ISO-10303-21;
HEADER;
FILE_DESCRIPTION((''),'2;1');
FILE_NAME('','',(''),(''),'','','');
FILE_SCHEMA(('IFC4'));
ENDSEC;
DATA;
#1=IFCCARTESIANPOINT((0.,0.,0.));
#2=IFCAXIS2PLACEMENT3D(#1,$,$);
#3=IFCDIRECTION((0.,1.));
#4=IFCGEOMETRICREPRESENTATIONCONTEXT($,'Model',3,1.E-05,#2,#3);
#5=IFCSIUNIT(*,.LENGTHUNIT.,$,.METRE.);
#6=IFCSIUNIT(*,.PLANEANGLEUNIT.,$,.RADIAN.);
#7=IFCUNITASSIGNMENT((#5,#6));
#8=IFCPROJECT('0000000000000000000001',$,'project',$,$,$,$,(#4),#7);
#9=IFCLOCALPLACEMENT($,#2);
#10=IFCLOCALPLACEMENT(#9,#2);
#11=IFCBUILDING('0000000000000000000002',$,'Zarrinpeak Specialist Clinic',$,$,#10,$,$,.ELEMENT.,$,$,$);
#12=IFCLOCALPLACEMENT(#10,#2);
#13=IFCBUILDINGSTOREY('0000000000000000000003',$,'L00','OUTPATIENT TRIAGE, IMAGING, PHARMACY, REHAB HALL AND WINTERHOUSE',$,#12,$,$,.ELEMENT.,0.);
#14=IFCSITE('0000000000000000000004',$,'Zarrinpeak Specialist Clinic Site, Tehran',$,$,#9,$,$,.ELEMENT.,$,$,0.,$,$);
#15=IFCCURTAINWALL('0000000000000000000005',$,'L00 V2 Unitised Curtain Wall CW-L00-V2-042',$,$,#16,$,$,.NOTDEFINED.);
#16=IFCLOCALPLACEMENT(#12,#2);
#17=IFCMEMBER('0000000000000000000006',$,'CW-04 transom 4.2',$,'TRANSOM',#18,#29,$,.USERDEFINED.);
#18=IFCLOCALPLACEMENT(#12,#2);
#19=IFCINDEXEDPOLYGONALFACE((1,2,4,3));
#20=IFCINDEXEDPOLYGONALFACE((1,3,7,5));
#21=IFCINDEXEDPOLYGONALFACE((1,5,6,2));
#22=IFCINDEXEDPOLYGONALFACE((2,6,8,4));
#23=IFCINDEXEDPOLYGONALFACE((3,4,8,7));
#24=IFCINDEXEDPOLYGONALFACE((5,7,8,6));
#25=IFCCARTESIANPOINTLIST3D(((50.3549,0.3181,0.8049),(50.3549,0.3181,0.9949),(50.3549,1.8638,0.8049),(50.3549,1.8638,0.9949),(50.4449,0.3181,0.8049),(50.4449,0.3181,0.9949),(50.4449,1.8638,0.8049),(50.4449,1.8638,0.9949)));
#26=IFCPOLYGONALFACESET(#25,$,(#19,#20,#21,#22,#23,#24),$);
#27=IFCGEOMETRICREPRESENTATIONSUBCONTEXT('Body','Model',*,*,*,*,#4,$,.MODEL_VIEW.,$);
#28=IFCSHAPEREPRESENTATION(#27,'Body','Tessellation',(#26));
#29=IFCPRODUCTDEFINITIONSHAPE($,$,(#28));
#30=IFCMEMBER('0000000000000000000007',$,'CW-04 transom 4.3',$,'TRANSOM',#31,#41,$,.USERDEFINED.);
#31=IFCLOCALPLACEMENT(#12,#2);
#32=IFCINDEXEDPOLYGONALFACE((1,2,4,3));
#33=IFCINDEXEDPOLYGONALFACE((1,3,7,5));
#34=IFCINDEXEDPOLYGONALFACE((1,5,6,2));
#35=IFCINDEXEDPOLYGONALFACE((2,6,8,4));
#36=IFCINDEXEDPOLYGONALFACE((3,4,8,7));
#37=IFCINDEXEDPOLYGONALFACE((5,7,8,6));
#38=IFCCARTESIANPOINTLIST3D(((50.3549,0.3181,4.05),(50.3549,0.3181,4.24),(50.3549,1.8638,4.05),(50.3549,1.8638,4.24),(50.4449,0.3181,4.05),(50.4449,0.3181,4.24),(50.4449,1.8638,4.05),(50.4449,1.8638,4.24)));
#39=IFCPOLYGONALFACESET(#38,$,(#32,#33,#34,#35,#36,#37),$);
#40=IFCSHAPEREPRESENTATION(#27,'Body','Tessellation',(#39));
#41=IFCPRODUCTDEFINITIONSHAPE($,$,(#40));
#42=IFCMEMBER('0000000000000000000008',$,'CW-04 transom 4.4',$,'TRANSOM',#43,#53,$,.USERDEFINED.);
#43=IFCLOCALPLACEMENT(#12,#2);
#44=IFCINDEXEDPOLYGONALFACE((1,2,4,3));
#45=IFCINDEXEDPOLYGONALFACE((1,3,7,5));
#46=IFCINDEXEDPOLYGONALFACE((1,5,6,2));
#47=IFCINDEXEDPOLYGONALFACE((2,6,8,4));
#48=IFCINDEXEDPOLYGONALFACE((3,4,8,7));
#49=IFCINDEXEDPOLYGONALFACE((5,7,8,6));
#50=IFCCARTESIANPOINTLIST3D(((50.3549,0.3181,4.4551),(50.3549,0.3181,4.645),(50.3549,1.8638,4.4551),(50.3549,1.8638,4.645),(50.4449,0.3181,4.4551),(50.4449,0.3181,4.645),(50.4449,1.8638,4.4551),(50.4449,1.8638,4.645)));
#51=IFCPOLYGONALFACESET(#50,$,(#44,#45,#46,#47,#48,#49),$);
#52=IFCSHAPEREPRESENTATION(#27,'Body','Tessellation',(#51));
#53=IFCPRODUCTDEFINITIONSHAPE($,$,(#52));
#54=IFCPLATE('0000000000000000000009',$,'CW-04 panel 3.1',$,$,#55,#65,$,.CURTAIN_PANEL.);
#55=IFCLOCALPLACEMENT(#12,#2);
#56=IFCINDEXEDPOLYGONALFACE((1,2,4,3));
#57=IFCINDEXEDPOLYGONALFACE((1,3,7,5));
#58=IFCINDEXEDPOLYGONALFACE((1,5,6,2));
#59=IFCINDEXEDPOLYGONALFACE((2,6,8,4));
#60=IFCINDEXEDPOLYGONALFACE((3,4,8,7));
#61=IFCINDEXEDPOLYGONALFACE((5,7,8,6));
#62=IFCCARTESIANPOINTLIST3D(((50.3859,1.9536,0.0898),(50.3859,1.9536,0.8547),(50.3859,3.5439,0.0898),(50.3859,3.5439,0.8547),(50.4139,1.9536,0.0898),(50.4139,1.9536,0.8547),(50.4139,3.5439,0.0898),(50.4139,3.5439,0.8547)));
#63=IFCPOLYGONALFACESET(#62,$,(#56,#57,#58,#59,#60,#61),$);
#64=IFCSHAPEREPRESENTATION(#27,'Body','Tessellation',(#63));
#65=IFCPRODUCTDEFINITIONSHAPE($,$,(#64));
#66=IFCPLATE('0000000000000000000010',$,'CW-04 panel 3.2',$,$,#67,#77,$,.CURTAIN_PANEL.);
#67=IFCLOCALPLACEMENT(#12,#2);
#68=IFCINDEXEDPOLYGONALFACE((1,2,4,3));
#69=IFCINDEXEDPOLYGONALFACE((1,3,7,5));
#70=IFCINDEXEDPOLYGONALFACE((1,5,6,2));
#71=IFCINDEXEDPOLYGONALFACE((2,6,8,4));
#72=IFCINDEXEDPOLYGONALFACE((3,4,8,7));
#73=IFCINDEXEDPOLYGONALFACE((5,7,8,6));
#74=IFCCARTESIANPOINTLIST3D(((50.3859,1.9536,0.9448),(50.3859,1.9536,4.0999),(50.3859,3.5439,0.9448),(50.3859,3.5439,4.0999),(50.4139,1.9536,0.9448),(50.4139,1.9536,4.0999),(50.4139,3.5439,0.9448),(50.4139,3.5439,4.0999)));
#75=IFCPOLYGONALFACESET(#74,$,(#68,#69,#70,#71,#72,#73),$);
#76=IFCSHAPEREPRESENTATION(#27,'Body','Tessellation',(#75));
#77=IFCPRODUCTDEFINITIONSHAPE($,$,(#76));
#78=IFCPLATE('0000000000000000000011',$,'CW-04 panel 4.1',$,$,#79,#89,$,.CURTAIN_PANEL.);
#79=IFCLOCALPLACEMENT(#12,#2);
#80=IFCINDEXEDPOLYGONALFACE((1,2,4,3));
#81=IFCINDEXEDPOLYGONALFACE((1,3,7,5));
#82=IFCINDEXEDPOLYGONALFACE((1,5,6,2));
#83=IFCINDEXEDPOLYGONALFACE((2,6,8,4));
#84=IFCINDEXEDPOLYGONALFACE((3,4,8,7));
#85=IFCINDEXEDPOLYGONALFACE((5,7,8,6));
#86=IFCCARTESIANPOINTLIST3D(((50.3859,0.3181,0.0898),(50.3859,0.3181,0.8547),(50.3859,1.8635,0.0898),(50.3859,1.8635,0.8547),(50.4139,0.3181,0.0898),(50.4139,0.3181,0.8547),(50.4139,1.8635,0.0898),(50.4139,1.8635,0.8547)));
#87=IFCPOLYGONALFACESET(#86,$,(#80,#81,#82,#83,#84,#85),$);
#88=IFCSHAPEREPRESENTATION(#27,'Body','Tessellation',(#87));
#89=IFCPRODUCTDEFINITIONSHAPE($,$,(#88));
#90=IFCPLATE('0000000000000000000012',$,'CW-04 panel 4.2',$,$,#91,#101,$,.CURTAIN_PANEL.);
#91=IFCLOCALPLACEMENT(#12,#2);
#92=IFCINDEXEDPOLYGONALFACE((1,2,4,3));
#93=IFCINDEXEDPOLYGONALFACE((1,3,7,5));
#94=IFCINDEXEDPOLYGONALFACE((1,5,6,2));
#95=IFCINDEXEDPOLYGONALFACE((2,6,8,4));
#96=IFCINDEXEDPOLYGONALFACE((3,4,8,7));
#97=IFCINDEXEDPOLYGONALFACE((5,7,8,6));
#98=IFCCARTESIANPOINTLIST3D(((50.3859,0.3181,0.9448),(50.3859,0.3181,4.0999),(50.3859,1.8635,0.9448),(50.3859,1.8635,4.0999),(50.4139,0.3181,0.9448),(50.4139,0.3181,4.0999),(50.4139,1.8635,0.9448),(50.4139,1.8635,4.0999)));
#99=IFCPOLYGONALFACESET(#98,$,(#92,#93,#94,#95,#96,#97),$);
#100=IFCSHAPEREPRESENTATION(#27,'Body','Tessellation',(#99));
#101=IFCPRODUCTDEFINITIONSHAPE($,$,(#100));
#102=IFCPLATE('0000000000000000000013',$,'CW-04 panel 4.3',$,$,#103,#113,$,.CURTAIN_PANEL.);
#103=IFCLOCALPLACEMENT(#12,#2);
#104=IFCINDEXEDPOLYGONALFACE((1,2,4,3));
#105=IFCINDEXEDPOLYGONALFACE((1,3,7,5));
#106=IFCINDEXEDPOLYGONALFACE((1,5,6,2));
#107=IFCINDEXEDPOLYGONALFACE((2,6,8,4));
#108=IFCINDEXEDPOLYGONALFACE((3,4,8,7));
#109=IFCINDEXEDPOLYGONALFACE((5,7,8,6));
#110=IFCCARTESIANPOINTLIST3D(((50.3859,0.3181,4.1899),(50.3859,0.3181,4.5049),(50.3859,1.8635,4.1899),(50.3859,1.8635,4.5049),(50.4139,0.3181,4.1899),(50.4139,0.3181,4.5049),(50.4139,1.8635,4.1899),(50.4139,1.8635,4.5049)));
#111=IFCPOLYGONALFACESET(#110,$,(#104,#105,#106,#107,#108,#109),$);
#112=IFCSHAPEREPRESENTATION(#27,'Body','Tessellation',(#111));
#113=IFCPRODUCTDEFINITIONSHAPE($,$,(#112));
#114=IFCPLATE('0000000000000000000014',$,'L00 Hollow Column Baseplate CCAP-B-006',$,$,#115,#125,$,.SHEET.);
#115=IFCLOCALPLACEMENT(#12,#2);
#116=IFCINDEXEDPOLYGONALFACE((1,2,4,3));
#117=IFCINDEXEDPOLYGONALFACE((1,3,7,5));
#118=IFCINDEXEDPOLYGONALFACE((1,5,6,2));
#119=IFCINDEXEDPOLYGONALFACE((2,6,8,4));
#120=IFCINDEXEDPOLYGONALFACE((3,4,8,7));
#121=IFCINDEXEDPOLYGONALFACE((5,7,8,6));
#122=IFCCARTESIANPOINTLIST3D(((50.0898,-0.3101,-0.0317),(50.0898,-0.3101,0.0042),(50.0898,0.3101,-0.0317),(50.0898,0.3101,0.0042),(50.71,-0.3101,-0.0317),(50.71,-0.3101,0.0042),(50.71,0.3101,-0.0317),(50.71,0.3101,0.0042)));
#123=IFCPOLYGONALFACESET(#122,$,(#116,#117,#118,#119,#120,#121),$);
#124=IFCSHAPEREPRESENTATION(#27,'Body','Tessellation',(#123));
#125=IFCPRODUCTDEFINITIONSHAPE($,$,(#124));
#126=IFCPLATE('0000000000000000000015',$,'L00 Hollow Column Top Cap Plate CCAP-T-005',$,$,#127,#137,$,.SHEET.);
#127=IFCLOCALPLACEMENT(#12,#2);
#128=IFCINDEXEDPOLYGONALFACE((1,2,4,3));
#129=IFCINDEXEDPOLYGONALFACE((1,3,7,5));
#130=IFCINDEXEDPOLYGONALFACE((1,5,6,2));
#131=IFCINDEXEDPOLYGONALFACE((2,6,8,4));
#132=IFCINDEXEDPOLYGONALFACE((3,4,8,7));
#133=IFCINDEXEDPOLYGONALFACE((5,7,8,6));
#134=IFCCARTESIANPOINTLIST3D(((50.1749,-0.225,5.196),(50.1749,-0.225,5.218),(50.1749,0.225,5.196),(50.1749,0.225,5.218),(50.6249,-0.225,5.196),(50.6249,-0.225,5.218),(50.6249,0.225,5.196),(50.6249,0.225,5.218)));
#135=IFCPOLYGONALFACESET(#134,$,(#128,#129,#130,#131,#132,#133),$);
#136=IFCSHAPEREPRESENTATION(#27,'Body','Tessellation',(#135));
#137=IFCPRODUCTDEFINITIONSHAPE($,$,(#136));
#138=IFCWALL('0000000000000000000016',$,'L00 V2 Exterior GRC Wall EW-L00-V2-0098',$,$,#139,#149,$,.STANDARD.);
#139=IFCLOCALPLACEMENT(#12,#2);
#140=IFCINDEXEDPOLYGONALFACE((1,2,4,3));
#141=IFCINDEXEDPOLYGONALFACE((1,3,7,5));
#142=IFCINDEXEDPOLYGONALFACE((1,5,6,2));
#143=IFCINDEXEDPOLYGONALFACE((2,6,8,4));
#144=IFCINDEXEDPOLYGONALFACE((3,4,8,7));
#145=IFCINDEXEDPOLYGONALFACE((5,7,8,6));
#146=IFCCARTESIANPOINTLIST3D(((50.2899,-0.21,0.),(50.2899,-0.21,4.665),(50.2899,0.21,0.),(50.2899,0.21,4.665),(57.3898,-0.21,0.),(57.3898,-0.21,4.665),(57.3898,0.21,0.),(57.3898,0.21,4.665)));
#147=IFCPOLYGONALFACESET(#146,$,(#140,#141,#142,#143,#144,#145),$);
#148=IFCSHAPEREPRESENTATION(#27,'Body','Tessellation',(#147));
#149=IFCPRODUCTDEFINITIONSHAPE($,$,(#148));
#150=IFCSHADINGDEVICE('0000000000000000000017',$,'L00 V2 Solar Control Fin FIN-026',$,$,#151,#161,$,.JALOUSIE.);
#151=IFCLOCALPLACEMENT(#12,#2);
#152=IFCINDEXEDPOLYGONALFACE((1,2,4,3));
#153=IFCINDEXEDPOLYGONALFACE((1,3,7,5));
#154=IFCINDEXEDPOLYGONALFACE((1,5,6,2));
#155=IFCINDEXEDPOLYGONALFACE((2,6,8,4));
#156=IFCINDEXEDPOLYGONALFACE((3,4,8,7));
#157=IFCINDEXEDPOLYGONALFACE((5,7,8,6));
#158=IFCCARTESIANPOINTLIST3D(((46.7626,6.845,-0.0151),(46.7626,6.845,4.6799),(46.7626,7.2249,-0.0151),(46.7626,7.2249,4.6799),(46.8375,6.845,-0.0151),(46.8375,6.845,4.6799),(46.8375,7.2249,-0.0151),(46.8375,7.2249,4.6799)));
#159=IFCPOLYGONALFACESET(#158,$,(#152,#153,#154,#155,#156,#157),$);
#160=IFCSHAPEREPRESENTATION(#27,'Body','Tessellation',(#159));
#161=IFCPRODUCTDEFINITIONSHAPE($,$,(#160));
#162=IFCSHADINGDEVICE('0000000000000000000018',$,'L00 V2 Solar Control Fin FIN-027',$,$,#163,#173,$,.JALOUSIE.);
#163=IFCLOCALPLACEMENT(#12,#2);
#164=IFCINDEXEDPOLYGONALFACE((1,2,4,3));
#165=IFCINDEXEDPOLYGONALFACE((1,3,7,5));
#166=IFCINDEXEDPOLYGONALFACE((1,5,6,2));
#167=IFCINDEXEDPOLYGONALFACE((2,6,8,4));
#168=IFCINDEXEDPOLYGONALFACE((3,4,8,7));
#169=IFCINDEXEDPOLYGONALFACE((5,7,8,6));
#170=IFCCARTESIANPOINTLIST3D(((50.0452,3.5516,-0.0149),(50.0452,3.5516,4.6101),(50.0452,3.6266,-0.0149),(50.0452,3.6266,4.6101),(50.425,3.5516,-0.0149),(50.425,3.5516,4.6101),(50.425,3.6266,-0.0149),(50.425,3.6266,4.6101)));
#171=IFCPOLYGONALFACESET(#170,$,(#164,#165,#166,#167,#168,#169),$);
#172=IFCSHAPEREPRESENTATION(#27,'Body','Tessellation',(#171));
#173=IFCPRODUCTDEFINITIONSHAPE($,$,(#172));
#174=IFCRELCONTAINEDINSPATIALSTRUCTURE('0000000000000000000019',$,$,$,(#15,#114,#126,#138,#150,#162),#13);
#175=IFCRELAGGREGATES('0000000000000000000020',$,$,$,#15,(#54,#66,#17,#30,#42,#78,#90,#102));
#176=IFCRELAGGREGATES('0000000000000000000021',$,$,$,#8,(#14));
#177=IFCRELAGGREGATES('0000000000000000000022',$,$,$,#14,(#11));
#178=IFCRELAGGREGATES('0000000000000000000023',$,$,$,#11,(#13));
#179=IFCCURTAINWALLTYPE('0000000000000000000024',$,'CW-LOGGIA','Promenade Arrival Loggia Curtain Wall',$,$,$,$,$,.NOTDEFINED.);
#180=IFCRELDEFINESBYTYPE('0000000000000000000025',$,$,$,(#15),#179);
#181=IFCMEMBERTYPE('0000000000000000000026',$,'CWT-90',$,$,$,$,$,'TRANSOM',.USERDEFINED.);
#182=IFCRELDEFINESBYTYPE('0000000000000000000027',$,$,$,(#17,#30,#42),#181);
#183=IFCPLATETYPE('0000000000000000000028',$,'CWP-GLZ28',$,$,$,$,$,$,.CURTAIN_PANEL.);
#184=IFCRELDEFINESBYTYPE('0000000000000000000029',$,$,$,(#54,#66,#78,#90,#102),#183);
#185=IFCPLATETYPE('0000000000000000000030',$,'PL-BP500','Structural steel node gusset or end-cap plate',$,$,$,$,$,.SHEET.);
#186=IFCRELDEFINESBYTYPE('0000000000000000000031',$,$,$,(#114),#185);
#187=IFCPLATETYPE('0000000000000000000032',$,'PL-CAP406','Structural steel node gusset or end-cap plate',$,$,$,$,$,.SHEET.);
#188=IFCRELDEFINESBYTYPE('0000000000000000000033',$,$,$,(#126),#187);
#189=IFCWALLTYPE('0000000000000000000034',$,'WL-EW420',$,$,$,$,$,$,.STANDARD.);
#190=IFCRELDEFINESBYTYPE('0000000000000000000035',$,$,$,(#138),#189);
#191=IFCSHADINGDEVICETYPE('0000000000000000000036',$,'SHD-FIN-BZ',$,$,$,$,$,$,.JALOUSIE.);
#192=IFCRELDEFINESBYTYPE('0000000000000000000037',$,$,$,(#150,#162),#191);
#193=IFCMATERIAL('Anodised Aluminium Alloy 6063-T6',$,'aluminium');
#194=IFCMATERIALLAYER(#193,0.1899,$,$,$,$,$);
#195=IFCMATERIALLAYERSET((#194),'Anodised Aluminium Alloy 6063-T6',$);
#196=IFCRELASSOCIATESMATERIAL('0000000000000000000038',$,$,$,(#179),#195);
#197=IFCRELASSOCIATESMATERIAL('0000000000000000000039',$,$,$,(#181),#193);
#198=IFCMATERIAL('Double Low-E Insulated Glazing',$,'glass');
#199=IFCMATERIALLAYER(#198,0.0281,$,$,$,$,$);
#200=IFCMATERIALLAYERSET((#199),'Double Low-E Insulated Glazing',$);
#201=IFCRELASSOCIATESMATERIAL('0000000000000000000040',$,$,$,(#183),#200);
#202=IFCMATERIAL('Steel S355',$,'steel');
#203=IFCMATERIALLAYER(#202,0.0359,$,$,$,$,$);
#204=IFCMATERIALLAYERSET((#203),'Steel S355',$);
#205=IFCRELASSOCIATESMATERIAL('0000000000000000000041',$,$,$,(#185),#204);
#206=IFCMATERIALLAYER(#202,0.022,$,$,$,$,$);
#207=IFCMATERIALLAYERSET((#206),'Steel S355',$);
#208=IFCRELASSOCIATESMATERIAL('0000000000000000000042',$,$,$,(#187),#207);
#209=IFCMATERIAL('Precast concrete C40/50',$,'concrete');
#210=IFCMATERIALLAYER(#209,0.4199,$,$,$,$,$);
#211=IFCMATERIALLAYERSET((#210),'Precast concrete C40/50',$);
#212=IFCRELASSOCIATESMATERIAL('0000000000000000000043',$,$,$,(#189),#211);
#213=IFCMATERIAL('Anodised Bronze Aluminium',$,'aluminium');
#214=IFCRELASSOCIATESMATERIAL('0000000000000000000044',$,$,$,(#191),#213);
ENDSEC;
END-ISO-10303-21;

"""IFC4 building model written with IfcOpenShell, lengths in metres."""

from ifc_helpers import new_model, si_unit, direction, frame, frame_2d, origin, origin_2d, place, context, subcontext, project, spatial, rectangle, extrude, material, layer, layer_set, material_profile, profile_set, type_object, element, aggregate, save


model = new_model("IFC4")

# Units and contexts
model_context = context("Model", 3, precision=1e-05, world=origin(), true_north=direction((0.0, 1.0)))
body_context = subcontext(model_context, "Body", "Model", "MODEL_VIEW")
ifc_project = project(units=[si_unit("LENGTHUNIT", "METRE"), si_unit("PLANEANGLEUNIT", "RADIAN")], contexts=[model_context])

# Site, building, storey
site_placement = place(None, origin())
site = spatial("IfcSite", under=ifc_project, at=site_placement, Name="Zarrinpeak Specialist Clinic Site, Tehran", CompositionType="ELEMENT", RefElevation=0.0)
building_placement = place(site_placement, origin())
building = spatial("IfcBuilding", under=site, at=building_placement, Name="Zarrinpeak Specialist Clinic", CompositionType="ELEMENT")
storey_placement = place(building_placement, origin())
storey = spatial("IfcBuildingStorey", under=building, at=storey_placement, Name="L00", Description="OUTPATIENT TRIAGE, IMAGING, PHARMACY, REHAB HALL AND WINTERHOUSE", CompositionType="ELEMENT", Elevation=0.0)

# Shared definitions
ifc_material_1 = material(Name="Steel S355", Category="steel")

# Curtain wall, members, plates
ifc_material_2 = material(Name="Anodised Aluminium Alloy 6063-T6", Category="aluminium")
ifc_layer_1 = layer(ifc_material_2, 0.1899)
ifc_layer_set_1 = layer_set([ifc_layer_1], Name="Anodised Aluminium Alloy 6063-T6")
curtain_wall_type = type_object("IfcCurtainWallType", Name="CW-LOGGIA", Description="Promenade Arrival Loggia Curtain Wall", PredefinedType="NOTDEFINED", material=ifc_layer_set_1)
curtain_wall_placement = place(storey_placement, origin())
curtain_wall = element("IfcCurtainWall", 1, at=curtain_wall_placement, inside=storey, type_object=curtain_wall_type, Name="L00 V2 Unitised Curtain Wall CW-L00-V2-042", PredefinedType="NOTDEFINED")
ifc_material_profile_1 = material_profile(ifc_material_2, rectangle(XDim=0.0901, YDim=0.1899, at=origin_2d()), Name="ALU 90x190")
ifc_profile_set_1 = profile_set([ifc_material_profile_1], Name="Anodised Aluminium Alloy 6063-T6")
member_type_1 = type_object("IfcMemberType", Name="CWT-90", ElementType="TRANSOM", PredefinedType="USERDEFINED", material=ifc_profile_set_1)
member_1_placement = place(storey_placement, frame((50.3999, 1.8638, 0.8999), z_axis=(0.0, -1.0, 0.0), x_axis=(1.0, 0.0, 0.0)))
member_1 = element("IfcMember", 2, at=member_1_placement, type_object=member_type_1, Name="CW-04 transom 4.2", ObjectType="TRANSOM", PredefinedType="USERDEFINED", context=body_context, shape_type="SweptSolid", body=[
    extrude(rectangle(XDim=0.0901, YDim=0.1899, at=origin_2d()), origin(), (0.0, 0.0, 1.0), 1.5457),
])
member_2_placement = place(storey_placement, frame((50.3999, 1.8638, 4.145), z_axis=(0.0, -1.0, 0.0), x_axis=(1.0, 0.0, 0.0)))
member_2 = element("IfcMember", 3, at=member_2_placement, type_object=member_type_1, Name="CW-04 transom 4.3", ObjectType="TRANSOM", PredefinedType="USERDEFINED", context=body_context, shape_type="SweptSolid", body=[
    extrude(rectangle(XDim=0.0901, YDim=0.1899, at=origin_2d()), origin(), (0.0, 0.0, 1.0), 1.5457),
])
member_3_placement = place(storey_placement, frame((50.3999, 1.8638, 4.55), z_axis=(0.0, -1.0, 0.0), x_axis=(1.0, 0.0, 0.0)))
member_3 = element("IfcMember", 4, at=member_3_placement, type_object=member_type_1, Name="CW-04 transom 4.4", ObjectType="TRANSOM", PredefinedType="USERDEFINED", context=body_context, shape_type="SweptSolid", body=[
    extrude(rectangle(XDim=0.0901, YDim=0.1899, at=origin_2d()), origin(), (0.0, 0.0, 1.0), 1.5457),
])
ifc_material_3 = material(Name="Double Low-E Insulated Glazing", Category="glass")
ifc_layer_2 = layer(ifc_material_3, 0.0281)
ifc_layer_set_2 = layer_set([ifc_layer_2], Name="Double Low-E Insulated Glazing")
plate_type_1 = type_object("IfcPlateType", Name="CWP-GLZ28", PredefinedType="CURTAIN_PANEL", material=ifc_layer_set_2)
plate_1_placement = place(storey_placement, frame((50.3999, 2.7488, 0.0898), z_axis=(0.0, 0.0, 1.0), x_axis=(0.0, -1.0, 0.0)))
plate_1 = element("IfcPlate", 5, at=plate_1_placement, type_object=plate_type_1, Name="CW-04 panel 3.1", PredefinedType="CURTAIN_PANEL", context=body_context, shape_type="SweptSolid", body=[
    extrude(rectangle(XDim=1.5903, YDim=0.0281, at=origin_2d()), origin(), (0.0, 0.0, 1.0), 0.7649),
])
plate_2_placement = place(storey_placement, frame((50.3999, 2.7488, 0.9448), z_axis=(0.0, 0.0, 1.0), x_axis=(0.0, -1.0, 0.0)))
plate_2 = element("IfcPlate", 6, at=plate_2_placement, type_object=plate_type_1, Name="CW-04 panel 3.2", PredefinedType="CURTAIN_PANEL", context=body_context, shape_type="SweptSolid", body=[
    extrude(rectangle(XDim=1.5903, YDim=0.0281, at=origin_2d()), origin(), (0.0, 0.0, 1.0), 3.155),
])
plate_3_placement = place(storey_placement, frame((50.3999, 1.0908, 0.0898), z_axis=(0.0, 0.0, 1.0), x_axis=(0.0, -1.0, 0.0)))
plate_3 = element("IfcPlate", 7, at=plate_3_placement, type_object=plate_type_1, Name="CW-04 panel 4.1", PredefinedType="CURTAIN_PANEL", context=body_context, shape_type="SweptSolid", body=[
    extrude(rectangle(XDim=1.5454, YDim=0.0281, at=origin_2d()), origin(), (0.0, 0.0, 1.0), 0.7649),
])
plate_4_placement = place(storey_placement, frame((50.3999, 1.0908, 0.9448), z_axis=(0.0, 0.0, 1.0), x_axis=(0.0, -1.0, 0.0)))
plate_4 = element("IfcPlate", 8, at=plate_4_placement, type_object=plate_type_1, Name="CW-04 panel 4.2", PredefinedType="CURTAIN_PANEL", context=body_context, shape_type="SweptSolid", body=[
    extrude(rectangle(XDim=1.5454, YDim=0.0281, at=origin_2d()), origin(), (0.0, 0.0, 1.0), 3.155),
])
plate_5_placement = place(storey_placement, frame((50.3999, 1.0908, 4.1899), z_axis=(0.0, 0.0, 1.0), x_axis=(0.0, -1.0, 0.0)))
plate_5 = element("IfcPlate", 9, at=plate_5_placement, type_object=plate_type_1, Name="CW-04 panel 4.3", PredefinedType="CURTAIN_PANEL", context=body_context, shape_type="SweptSolid", body=[
    extrude(rectangle(XDim=1.5454, YDim=0.0281, at=origin_2d()), origin(), (0.0, 0.0, 1.0), 0.3149),
])
aggregate(curtain_wall, [plate_1, plate_2, member_1, member_2, member_3, plate_3, plate_4, plate_5])

# Plates
ifc_layer_3 = layer(ifc_material_1, 0.0359)
ifc_layer_set_3 = layer_set([ifc_layer_3], Name="Steel S355")
plate_type_2 = type_object("IfcPlateType", Name="PL-BP500", Description="Structural steel node gusset or end-cap plate", PredefinedType="SHEET", material=ifc_layer_set_3)
plate_6_placement = place(storey_placement, frame((50.3999, 0.0, -0.0317), z_axis=(0.0, 0.0, 1.0), x_axis=(1.0, 0.0, 0.0)))
element("IfcPlate", 10, at=plate_6_placement, inside=storey, type_object=plate_type_2, Name="L00 Hollow Column Baseplate CCAP-B-006", PredefinedType="SHEET", context=body_context, shape_type="SweptSolid", body=[
    extrude(rectangle(XDim=0.6201, YDim=0.6201, at=origin_2d()), origin(), (0.0, 0.0, 1.0), 0.0359),
])
ifc_layer_4 = layer(ifc_material_1, 0.022)
ifc_layer_set_4 = layer_set([ifc_layer_4], Name="Steel S355")
plate_type_3 = type_object("IfcPlateType", Name="PL-CAP406", Description="Structural steel node gusset or end-cap plate", PredefinedType="SHEET", material=ifc_layer_set_4)
plate_7_placement = place(storey_placement, frame((50.3999, 0.0, 5.196), z_axis=(0.0, 0.0, 1.0), x_axis=(1.0, 0.0, 0.0)))
element("IfcPlate", 11, at=plate_7_placement, inside=storey, type_object=plate_type_3, Name="L00 Hollow Column Top Cap Plate CCAP-T-005", PredefinedType="SHEET", context=body_context, shape_type="SweptSolid", body=[
    extrude(rectangle(XDim=0.45, YDim=0.45, at=origin_2d()), origin(), (0.0, 0.0, 1.0), 0.022),
])

# Wall
ifc_material_4 = material(Name="Precast concrete C40/50", Category="concrete")
ifc_layer_5 = layer(ifc_material_4, 0.4199)
ifc_layer_set_5 = layer_set([ifc_layer_5], Name="Precast concrete C40/50")
wall_type = type_object("IfcWallType", Name="WL-EW420", PredefinedType="STANDARD", material=ifc_layer_set_5)
wall_placement = place(storey_placement, frame((50.29, 0.0, 0.0), z_axis=(0.0, 0.0, 1.0), x_axis=(1.0, 0.0, 0.0)))
element("IfcWall", 12, at=wall_placement, inside=storey, type_object=wall_type, Name="L00 V2 Exterior GRC Wall EW-L00-V2-0098", PredefinedType="STANDARD", context=body_context, shape_type="SweptSolid", body=[
    extrude(rectangle(XDim=7.0999, YDim=0.4199, at=frame_2d((3.5498, 0.0))), origin(), (0.0, 0.0, 1.0), 4.665),
])

# Shading devices
ifc_material_5 = material(Name="Anodised Bronze Aluminium", Category="aluminium")
shading_device_type = type_object("IfcShadingDeviceType", Name="SHD-FIN-BZ", PredefinedType="JALOUSIE", material=ifc_material_5)
shading_device_1_placement = place(storey_placement, frame((46.8, 7.0349, -0.0151), z_axis=(0.0, 0.0, 1.0), x_axis=(1.0, 0.0, 0.0)))
element("IfcShadingDevice", 13, at=shading_device_1_placement, inside=storey, type_object=shading_device_type, Name="L00 V2 Solar Control Fin FIN-026", PredefinedType="JALOUSIE", context=body_context, shape_type="SweptSolid", body=[
    extrude(rectangle(XDim=0.075, YDim=0.3799, at=origin_2d()), origin(), (0.0, 0.0, 1.0), 4.6951),
])
shading_device_2_placement = place(storey_placement, frame((50.2351, 3.5891, -0.0149), z_axis=(0.0, 0.0, 1.0), x_axis=(1.0, 0.0, 0.0)))
element("IfcShadingDevice", 14, at=shading_device_2_placement, inside=storey, type_object=shading_device_type, Name="L00 V2 Solar Control Fin FIN-027", PredefinedType="JALOUSIE", context=body_context, shape_type="SweptSolid", body=[
    extrude(rectangle(XDim=0.3799, YDim=0.075, at=origin_2d()), origin(), (0.0, 0.0, 1.0), 4.625),
])

save(model, "model.ifc")
